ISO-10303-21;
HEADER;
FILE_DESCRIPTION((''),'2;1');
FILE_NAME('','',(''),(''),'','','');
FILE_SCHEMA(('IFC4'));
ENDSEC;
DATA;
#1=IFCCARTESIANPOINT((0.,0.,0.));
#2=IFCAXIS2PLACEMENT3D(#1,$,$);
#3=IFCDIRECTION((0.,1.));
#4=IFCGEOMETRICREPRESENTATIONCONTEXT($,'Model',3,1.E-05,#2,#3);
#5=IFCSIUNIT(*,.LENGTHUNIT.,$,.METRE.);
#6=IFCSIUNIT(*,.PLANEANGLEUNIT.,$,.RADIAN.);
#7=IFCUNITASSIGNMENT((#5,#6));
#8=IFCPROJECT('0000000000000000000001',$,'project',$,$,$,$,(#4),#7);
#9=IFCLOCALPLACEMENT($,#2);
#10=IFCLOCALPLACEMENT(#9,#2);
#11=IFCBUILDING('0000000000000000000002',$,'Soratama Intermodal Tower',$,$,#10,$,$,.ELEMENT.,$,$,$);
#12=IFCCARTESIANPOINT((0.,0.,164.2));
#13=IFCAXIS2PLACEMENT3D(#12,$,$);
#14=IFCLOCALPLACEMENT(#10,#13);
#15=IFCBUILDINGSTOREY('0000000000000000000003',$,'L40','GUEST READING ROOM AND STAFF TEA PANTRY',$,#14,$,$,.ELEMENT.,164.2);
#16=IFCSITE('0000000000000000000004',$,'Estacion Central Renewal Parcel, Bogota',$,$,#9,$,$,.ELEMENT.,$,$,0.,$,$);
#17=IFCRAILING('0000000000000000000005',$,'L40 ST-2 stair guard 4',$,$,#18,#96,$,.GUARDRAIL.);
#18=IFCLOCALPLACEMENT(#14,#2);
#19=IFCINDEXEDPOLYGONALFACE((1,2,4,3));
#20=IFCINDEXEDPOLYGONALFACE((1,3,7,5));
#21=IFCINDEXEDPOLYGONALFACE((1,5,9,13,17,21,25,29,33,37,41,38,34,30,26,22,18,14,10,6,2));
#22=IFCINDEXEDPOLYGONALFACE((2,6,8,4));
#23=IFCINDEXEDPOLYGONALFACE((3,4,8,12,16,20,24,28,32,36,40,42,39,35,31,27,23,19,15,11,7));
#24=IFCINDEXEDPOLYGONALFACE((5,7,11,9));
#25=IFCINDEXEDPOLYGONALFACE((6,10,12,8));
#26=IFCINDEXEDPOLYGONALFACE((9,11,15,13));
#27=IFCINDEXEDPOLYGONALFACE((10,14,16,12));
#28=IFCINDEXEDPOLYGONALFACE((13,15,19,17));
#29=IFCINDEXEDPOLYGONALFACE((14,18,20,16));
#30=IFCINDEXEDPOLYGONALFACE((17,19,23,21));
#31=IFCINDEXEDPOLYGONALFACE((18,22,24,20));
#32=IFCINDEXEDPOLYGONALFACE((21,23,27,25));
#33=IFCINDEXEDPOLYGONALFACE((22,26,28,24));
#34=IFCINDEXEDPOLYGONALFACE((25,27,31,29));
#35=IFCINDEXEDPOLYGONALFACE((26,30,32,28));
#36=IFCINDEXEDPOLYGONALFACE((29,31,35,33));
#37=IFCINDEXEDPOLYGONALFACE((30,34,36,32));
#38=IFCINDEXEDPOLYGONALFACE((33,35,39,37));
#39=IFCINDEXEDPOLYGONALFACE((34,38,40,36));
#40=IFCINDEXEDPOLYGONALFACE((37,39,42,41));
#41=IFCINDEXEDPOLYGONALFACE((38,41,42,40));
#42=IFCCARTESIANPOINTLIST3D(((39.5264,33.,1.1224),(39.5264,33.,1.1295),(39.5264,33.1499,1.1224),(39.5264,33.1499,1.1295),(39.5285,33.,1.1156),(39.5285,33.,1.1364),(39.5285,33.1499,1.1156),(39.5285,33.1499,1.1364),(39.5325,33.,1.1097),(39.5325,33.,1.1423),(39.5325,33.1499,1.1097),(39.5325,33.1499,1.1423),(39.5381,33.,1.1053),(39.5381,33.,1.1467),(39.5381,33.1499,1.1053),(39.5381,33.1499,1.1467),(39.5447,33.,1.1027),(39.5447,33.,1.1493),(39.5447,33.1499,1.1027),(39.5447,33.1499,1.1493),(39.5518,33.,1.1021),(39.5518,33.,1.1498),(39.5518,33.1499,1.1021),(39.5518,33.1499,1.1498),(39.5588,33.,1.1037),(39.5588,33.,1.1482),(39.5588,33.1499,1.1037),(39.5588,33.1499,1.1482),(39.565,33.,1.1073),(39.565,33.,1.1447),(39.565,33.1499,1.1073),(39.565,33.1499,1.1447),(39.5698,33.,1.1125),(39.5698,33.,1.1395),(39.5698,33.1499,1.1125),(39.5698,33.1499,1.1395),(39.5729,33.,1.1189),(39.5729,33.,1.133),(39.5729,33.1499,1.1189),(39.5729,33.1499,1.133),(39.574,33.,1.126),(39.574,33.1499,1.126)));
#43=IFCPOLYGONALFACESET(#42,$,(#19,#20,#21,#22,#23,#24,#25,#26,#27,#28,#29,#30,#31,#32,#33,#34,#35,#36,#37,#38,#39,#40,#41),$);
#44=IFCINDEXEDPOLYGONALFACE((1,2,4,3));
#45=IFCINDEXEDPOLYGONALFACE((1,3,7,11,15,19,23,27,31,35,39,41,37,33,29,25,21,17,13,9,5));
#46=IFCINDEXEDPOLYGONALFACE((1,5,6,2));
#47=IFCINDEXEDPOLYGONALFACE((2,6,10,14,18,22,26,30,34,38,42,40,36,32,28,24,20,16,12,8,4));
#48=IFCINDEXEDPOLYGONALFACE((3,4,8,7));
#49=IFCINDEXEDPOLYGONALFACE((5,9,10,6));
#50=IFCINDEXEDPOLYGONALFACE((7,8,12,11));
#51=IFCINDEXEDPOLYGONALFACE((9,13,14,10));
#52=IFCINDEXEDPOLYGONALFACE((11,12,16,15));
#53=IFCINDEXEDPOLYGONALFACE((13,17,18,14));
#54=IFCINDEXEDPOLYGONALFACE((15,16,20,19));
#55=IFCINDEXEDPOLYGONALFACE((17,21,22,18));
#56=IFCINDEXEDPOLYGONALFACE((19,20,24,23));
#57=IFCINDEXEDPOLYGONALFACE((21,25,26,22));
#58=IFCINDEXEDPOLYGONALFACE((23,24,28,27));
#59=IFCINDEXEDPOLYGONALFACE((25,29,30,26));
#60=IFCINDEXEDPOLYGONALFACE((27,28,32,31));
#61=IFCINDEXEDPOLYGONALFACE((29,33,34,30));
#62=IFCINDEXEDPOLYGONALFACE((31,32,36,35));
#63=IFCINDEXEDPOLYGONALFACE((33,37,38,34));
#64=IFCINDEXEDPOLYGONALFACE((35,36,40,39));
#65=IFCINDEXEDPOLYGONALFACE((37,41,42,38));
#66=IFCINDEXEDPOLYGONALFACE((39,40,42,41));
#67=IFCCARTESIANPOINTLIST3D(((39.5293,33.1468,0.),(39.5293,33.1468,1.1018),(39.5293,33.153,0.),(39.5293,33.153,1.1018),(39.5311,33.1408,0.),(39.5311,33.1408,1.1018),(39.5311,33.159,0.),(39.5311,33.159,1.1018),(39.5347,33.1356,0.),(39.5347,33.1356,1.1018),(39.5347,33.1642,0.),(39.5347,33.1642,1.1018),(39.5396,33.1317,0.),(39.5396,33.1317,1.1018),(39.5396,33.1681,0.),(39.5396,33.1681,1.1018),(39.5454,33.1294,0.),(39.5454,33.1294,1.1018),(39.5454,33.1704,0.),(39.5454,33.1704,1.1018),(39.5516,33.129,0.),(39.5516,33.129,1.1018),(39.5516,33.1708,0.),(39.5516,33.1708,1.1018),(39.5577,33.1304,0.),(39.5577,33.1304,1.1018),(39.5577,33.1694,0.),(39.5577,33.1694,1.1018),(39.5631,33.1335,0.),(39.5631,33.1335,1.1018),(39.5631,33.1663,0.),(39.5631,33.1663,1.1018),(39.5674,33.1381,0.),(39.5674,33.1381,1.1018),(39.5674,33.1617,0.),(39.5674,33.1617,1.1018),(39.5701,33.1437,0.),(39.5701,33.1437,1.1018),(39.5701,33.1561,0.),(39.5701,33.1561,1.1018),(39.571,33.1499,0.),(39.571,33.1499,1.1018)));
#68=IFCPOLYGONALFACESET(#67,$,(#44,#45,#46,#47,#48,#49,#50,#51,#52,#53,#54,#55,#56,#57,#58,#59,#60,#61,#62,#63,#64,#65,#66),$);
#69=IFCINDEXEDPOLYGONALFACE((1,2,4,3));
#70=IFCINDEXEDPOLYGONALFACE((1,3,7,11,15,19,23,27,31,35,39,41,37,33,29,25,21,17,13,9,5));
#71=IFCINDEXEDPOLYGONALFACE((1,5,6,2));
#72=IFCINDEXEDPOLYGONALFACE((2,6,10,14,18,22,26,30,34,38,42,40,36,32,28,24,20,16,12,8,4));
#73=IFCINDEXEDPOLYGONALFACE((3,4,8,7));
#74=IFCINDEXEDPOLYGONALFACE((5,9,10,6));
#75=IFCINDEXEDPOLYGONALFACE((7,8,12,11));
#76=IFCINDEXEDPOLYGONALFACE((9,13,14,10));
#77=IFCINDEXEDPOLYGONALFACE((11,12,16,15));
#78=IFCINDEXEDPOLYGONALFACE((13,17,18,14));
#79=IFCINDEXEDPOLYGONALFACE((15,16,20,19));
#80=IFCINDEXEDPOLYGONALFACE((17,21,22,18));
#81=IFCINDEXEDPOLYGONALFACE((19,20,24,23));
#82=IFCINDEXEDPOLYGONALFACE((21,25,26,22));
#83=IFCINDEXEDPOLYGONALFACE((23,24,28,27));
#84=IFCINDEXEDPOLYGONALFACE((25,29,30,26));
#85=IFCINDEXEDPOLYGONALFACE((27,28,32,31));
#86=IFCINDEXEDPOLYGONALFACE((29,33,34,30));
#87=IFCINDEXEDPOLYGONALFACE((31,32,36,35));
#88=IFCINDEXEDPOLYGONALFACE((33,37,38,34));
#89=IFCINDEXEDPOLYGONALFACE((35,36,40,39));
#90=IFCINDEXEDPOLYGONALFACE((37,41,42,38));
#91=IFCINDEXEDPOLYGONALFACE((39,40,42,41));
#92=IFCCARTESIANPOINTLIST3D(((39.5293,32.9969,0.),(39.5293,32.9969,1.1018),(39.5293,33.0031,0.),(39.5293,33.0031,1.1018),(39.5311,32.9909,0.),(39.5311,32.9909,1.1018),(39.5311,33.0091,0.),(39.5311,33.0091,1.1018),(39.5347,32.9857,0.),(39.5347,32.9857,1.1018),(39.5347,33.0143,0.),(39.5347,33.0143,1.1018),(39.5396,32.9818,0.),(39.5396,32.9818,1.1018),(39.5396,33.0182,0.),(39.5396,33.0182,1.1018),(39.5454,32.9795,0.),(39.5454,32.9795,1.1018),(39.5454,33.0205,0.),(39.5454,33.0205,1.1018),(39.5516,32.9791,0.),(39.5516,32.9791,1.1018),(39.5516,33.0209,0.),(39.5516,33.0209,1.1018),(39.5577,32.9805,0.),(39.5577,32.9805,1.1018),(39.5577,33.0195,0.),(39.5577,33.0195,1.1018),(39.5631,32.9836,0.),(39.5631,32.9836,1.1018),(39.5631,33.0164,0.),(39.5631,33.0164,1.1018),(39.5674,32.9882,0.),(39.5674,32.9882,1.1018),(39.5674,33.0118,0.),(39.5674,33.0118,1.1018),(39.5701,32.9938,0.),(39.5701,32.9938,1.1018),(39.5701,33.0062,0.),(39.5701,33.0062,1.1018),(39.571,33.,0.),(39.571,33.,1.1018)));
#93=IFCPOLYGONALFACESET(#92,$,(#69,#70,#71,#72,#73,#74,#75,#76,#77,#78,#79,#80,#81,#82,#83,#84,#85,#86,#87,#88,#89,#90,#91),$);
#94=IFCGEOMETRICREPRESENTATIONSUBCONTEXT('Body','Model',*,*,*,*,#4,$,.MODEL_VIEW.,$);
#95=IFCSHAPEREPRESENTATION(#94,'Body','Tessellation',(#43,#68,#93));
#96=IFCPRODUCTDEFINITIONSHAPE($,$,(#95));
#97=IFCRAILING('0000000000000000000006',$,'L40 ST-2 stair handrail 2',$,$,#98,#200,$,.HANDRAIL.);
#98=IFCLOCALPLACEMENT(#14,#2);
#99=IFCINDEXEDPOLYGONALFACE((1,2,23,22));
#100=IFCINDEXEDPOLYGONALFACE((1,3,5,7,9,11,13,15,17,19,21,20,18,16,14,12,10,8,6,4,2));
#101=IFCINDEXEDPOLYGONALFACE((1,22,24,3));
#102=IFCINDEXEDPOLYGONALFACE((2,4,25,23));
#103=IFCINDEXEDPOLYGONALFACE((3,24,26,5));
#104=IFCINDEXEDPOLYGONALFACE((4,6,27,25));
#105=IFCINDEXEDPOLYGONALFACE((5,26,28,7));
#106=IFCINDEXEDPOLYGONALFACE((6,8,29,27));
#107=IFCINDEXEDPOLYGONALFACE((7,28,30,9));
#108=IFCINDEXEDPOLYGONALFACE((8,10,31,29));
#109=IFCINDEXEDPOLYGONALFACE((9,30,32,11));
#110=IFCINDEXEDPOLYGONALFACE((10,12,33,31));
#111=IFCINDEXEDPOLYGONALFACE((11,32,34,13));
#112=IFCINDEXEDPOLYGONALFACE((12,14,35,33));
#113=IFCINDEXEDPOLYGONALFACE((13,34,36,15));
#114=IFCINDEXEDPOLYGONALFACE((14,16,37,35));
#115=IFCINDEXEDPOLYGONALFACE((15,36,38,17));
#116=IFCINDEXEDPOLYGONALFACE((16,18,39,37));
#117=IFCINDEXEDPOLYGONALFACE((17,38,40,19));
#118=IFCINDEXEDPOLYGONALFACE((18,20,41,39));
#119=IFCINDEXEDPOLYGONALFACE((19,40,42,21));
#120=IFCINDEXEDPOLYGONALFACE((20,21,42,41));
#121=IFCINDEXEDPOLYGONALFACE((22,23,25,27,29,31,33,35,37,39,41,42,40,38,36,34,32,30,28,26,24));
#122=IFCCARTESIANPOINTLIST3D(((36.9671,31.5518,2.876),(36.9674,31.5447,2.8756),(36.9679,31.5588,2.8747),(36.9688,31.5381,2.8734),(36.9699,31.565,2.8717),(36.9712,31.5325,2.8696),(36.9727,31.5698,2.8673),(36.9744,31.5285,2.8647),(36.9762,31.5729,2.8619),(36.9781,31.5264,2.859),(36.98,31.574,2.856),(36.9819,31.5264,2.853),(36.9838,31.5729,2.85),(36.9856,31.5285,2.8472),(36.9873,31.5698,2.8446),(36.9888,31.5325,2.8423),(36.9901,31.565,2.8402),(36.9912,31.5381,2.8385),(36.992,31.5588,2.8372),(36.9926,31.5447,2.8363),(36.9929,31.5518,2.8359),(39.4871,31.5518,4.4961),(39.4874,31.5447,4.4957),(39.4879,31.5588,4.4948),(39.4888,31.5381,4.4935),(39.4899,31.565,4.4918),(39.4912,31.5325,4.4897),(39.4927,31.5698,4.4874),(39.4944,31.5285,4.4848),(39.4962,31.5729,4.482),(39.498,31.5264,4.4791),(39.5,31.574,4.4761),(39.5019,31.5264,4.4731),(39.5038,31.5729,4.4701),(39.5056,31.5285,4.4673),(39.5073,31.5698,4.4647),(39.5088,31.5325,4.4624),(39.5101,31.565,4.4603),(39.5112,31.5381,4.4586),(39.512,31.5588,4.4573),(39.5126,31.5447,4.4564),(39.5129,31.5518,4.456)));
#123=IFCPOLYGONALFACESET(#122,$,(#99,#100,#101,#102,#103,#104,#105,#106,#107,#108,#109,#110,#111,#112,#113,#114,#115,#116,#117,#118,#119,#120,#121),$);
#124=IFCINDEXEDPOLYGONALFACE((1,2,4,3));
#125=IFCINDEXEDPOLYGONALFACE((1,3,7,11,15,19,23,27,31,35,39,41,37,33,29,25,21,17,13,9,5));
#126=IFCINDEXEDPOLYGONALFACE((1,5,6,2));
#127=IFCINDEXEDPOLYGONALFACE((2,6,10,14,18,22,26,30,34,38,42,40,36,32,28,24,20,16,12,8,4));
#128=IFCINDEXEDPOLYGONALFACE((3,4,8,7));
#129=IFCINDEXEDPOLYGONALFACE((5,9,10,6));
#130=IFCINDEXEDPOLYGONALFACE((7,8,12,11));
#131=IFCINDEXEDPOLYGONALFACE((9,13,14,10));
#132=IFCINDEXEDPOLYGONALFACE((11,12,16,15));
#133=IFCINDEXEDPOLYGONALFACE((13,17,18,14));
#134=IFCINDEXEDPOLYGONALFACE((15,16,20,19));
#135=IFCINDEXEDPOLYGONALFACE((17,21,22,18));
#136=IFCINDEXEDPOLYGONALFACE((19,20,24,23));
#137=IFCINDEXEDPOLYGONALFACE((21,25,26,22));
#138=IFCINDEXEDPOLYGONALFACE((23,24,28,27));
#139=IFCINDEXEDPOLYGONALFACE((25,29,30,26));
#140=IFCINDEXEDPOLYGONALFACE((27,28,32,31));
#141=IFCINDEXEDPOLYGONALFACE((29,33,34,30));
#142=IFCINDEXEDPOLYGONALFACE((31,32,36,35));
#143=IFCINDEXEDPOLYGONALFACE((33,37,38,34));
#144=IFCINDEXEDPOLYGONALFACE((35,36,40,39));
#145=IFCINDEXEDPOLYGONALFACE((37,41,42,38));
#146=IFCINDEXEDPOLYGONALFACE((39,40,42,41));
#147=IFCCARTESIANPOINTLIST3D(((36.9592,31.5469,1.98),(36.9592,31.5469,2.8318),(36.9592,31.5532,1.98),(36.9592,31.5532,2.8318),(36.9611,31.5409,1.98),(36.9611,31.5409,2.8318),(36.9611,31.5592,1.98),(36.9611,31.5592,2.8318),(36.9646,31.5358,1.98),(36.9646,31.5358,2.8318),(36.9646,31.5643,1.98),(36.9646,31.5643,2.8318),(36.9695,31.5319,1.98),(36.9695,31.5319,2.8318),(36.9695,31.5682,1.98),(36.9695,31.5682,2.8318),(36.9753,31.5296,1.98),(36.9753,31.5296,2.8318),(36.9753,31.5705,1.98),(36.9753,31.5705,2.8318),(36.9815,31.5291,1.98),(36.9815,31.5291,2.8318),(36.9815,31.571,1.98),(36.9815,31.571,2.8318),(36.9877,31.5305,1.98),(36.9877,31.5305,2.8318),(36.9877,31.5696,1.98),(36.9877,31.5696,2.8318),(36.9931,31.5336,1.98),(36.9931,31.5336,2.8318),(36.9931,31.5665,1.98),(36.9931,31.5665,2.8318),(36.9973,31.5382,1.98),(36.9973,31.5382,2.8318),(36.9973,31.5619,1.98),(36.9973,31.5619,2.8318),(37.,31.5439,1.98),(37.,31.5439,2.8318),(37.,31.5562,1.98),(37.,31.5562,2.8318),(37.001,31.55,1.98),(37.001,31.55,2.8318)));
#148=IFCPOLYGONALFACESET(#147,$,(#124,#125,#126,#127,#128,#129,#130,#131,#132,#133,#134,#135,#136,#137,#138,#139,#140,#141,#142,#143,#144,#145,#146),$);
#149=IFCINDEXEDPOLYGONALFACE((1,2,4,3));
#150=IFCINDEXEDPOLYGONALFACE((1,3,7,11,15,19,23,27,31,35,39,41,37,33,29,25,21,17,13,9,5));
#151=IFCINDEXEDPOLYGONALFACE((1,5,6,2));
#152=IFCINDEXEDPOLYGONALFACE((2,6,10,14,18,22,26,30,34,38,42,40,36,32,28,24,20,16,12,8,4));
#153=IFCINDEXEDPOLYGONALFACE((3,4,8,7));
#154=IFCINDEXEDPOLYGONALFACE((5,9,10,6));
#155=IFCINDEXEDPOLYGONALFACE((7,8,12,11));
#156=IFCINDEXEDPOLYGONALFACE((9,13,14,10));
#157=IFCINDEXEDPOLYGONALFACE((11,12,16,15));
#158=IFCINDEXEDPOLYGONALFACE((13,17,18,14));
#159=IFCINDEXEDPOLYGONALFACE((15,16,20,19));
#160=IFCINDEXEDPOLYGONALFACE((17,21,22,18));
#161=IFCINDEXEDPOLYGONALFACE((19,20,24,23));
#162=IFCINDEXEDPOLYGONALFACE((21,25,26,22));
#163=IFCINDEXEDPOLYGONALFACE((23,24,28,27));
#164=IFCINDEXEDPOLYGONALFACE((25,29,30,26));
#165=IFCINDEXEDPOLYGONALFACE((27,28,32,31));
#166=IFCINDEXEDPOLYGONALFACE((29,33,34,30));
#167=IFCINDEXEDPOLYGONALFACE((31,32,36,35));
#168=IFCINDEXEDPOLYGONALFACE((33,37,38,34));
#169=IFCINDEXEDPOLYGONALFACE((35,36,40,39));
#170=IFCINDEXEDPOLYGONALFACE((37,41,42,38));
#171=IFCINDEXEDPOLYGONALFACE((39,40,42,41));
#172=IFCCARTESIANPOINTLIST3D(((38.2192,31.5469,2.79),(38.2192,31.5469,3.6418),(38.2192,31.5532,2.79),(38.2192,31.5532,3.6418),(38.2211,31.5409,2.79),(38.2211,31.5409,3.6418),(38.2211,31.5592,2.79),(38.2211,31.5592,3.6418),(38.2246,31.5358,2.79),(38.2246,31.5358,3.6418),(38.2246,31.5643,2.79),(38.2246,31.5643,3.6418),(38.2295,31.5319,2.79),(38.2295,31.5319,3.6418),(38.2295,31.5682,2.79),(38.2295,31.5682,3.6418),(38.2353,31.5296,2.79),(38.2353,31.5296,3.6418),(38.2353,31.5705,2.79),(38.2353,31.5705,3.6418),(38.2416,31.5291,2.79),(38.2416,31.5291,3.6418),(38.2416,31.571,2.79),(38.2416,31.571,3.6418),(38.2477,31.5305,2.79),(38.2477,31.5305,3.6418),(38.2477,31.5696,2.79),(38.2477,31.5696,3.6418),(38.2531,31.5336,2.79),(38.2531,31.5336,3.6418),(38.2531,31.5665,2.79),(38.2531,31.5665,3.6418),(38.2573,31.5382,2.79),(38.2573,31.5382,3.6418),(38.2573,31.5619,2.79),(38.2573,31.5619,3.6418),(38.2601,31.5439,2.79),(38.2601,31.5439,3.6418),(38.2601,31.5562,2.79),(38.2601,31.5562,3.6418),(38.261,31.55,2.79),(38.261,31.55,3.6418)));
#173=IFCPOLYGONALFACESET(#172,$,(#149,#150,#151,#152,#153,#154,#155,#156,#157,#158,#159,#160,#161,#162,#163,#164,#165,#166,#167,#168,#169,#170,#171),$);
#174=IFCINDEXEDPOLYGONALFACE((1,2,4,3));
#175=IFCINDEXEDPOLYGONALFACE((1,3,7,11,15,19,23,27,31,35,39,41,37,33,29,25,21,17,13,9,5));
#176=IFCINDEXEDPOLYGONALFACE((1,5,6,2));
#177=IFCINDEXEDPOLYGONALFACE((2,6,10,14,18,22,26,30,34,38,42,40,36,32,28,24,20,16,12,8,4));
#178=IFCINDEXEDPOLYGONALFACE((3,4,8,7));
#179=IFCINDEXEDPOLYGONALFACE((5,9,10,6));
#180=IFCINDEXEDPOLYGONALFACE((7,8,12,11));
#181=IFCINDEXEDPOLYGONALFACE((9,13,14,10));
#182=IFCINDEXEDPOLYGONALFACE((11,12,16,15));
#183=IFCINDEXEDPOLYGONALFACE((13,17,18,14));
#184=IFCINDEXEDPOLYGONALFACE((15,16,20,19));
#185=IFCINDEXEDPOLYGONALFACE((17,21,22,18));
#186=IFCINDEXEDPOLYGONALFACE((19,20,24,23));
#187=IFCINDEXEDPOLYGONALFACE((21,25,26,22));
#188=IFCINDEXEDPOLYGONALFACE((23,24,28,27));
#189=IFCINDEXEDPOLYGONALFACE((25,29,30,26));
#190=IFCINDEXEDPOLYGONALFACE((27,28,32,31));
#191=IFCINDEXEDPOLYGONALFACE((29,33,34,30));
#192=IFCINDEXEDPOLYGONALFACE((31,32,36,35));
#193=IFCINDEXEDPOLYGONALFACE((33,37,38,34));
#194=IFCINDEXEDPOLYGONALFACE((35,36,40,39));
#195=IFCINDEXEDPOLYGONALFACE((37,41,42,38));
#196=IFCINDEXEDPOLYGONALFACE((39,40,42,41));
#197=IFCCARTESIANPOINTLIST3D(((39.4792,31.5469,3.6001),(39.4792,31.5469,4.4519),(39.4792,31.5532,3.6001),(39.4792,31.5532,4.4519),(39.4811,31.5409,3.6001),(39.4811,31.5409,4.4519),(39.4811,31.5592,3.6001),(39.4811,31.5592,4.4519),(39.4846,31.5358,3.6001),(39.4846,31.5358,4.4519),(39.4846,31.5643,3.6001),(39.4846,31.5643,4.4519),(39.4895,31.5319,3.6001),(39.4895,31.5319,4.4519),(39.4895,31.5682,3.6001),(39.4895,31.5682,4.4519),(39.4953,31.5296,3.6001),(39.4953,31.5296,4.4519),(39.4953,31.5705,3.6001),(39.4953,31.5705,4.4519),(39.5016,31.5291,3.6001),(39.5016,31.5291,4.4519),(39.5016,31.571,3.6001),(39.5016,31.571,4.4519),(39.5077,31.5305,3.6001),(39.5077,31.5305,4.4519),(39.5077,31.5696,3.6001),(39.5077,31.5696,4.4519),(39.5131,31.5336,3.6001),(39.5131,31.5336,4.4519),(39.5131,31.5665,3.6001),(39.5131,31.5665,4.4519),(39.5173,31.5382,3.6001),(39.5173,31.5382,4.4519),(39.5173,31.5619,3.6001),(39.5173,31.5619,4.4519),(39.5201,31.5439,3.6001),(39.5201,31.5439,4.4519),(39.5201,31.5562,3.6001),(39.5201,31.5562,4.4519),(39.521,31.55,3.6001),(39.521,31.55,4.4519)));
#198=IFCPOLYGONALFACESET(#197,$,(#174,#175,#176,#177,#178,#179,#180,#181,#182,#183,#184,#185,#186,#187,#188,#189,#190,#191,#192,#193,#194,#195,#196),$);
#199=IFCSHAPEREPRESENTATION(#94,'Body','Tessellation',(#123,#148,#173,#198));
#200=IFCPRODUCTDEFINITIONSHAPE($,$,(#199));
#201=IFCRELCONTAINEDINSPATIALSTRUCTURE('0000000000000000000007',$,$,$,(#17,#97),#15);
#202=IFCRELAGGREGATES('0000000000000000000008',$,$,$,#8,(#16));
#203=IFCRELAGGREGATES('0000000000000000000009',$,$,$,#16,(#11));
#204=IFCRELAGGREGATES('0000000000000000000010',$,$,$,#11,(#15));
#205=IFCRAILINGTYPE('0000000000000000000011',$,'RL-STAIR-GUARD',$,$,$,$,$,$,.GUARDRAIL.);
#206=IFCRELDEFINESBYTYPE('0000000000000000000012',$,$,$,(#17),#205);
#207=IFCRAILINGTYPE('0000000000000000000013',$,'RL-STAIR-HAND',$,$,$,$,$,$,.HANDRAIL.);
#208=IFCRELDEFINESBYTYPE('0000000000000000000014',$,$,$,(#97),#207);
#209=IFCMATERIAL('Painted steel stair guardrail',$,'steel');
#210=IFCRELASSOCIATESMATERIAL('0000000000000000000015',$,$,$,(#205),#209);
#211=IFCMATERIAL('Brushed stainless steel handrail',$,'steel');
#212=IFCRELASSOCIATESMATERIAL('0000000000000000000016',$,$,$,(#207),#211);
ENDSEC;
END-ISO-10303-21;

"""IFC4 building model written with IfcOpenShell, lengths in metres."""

from ifc_helpers import new_model, si_unit, direction, frame, origin, origin_2d, place, context, subcontext, project, spatial, circle, extrude, material, type_object, element, save


model = new_model("IFC4")

# Units and contexts
model_context = context("Model", 3, precision=1e-05, world=origin(), true_north=direction((0.0, 1.0)))
body_context = subcontext(model_context, "Body", "Model", "MODEL_VIEW")
ifc_project = project(units=[si_unit("LENGTHUNIT", "METRE"), si_unit("PLANEANGLEUNIT", "RADIAN")], contexts=[model_context])

# Site, building, storey
site_placement = place(None, origin())
site = spatial("IfcSite", under=ifc_project, at=site_placement, Name="Estacion Central Renewal Parcel, Bogota", CompositionType="ELEMENT", RefElevation=0.0)
building_placement = place(site_placement, origin())
building = spatial("IfcBuilding", under=site, at=building_placement, Name="Soratama Intermodal Tower", CompositionType="ELEMENT")
storey_placement = place(building_placement, frame((0.0, 0.0, 164.2)))
storey = spatial("IfcBuildingStorey", under=building, at=storey_placement, Name="L40", Description="GUEST READING ROOM AND STAFF TEA PANTRY", CompositionType="ELEMENT", Elevation=164.2)

# Railings
ifc_material_1 = material(Name="Painted steel stair guardrail", Category="steel")
railing_type_1 = type_object("IfcRailingType", Name="RL-STAIR-GUARD", PredefinedType="GUARDRAIL", material=ifc_material_1)
railing_1_placement = place(storey_placement, frame((39.55, 33.1499, 0.0)))
element("IfcRailing", 1, at=railing_1_placement, inside=storey, type_object=railing_type_1, Name="L40 ST-2 stair guard 4", PredefinedType="GUARDRAIL", context=body_context, shape_type="SweptSolid", body=[
    extrude(circle(Radius=0.0239, at=origin_2d()), frame((0.0, 0.0, 1.126), z_axis=(0.0, -1.0, 0.0), x_axis=(1.0, 0.0, 0.0)), (0.0, 0.0, 1.0), 0.1499),
    extrude(circle(Radius=0.021, at=origin_2d()), origin(), (0.0, 0.0, 1.0), 1.1018),
    extrude(circle(Radius=0.021, at=origin_2d()), frame((0.0, -0.1499, 0.0)), (0.0, 0.0, 1.0), 1.1018),
])
ifc_material_2 = material(Name="Brushed stainless steel handrail", Category="steel")
railing_type_2 = type_object("IfcRailingType", Name="RL-STAIR-HAND", PredefinedType="HANDRAIL", material=ifc_material_2)
railing_2_placement = place(storey_placement, frame((36.98, 31.55, 1.98)))
element("IfcRailing", 2, at=railing_2_placement, inside=storey, type_object=railing_type_2, Name="L40 ST-2 stair handrail 2", PredefinedType="HANDRAIL", context=body_context, shape_type="SweptSolid", body=[
    extrude(circle(Radius=0.0239, at=origin_2d()), frame((0.0, 0.0, 0.876), z_axis=(0.841163, 0.0, 0.540782), x_axis=(0.0, 1.0, 0.0)), (0.0, 0.0, 1.0), 2.9958),
    extrude(circle(Radius=0.021, at=origin_2d()), origin(), (0.0, 0.0, 1.0), 0.8518),
    extrude(circle(Radius=0.021, at=origin_2d()), frame((1.26, 0.0, 0.8101)), (0.0, 0.0, 1.0), 0.8518),
    extrude(circle(Radius=0.021, at=origin_2d()), frame((2.52, 0.0, 1.6201)), (0.0, 0.0, 1.0), 0.8518),
])

save(model, "model.ifc")
